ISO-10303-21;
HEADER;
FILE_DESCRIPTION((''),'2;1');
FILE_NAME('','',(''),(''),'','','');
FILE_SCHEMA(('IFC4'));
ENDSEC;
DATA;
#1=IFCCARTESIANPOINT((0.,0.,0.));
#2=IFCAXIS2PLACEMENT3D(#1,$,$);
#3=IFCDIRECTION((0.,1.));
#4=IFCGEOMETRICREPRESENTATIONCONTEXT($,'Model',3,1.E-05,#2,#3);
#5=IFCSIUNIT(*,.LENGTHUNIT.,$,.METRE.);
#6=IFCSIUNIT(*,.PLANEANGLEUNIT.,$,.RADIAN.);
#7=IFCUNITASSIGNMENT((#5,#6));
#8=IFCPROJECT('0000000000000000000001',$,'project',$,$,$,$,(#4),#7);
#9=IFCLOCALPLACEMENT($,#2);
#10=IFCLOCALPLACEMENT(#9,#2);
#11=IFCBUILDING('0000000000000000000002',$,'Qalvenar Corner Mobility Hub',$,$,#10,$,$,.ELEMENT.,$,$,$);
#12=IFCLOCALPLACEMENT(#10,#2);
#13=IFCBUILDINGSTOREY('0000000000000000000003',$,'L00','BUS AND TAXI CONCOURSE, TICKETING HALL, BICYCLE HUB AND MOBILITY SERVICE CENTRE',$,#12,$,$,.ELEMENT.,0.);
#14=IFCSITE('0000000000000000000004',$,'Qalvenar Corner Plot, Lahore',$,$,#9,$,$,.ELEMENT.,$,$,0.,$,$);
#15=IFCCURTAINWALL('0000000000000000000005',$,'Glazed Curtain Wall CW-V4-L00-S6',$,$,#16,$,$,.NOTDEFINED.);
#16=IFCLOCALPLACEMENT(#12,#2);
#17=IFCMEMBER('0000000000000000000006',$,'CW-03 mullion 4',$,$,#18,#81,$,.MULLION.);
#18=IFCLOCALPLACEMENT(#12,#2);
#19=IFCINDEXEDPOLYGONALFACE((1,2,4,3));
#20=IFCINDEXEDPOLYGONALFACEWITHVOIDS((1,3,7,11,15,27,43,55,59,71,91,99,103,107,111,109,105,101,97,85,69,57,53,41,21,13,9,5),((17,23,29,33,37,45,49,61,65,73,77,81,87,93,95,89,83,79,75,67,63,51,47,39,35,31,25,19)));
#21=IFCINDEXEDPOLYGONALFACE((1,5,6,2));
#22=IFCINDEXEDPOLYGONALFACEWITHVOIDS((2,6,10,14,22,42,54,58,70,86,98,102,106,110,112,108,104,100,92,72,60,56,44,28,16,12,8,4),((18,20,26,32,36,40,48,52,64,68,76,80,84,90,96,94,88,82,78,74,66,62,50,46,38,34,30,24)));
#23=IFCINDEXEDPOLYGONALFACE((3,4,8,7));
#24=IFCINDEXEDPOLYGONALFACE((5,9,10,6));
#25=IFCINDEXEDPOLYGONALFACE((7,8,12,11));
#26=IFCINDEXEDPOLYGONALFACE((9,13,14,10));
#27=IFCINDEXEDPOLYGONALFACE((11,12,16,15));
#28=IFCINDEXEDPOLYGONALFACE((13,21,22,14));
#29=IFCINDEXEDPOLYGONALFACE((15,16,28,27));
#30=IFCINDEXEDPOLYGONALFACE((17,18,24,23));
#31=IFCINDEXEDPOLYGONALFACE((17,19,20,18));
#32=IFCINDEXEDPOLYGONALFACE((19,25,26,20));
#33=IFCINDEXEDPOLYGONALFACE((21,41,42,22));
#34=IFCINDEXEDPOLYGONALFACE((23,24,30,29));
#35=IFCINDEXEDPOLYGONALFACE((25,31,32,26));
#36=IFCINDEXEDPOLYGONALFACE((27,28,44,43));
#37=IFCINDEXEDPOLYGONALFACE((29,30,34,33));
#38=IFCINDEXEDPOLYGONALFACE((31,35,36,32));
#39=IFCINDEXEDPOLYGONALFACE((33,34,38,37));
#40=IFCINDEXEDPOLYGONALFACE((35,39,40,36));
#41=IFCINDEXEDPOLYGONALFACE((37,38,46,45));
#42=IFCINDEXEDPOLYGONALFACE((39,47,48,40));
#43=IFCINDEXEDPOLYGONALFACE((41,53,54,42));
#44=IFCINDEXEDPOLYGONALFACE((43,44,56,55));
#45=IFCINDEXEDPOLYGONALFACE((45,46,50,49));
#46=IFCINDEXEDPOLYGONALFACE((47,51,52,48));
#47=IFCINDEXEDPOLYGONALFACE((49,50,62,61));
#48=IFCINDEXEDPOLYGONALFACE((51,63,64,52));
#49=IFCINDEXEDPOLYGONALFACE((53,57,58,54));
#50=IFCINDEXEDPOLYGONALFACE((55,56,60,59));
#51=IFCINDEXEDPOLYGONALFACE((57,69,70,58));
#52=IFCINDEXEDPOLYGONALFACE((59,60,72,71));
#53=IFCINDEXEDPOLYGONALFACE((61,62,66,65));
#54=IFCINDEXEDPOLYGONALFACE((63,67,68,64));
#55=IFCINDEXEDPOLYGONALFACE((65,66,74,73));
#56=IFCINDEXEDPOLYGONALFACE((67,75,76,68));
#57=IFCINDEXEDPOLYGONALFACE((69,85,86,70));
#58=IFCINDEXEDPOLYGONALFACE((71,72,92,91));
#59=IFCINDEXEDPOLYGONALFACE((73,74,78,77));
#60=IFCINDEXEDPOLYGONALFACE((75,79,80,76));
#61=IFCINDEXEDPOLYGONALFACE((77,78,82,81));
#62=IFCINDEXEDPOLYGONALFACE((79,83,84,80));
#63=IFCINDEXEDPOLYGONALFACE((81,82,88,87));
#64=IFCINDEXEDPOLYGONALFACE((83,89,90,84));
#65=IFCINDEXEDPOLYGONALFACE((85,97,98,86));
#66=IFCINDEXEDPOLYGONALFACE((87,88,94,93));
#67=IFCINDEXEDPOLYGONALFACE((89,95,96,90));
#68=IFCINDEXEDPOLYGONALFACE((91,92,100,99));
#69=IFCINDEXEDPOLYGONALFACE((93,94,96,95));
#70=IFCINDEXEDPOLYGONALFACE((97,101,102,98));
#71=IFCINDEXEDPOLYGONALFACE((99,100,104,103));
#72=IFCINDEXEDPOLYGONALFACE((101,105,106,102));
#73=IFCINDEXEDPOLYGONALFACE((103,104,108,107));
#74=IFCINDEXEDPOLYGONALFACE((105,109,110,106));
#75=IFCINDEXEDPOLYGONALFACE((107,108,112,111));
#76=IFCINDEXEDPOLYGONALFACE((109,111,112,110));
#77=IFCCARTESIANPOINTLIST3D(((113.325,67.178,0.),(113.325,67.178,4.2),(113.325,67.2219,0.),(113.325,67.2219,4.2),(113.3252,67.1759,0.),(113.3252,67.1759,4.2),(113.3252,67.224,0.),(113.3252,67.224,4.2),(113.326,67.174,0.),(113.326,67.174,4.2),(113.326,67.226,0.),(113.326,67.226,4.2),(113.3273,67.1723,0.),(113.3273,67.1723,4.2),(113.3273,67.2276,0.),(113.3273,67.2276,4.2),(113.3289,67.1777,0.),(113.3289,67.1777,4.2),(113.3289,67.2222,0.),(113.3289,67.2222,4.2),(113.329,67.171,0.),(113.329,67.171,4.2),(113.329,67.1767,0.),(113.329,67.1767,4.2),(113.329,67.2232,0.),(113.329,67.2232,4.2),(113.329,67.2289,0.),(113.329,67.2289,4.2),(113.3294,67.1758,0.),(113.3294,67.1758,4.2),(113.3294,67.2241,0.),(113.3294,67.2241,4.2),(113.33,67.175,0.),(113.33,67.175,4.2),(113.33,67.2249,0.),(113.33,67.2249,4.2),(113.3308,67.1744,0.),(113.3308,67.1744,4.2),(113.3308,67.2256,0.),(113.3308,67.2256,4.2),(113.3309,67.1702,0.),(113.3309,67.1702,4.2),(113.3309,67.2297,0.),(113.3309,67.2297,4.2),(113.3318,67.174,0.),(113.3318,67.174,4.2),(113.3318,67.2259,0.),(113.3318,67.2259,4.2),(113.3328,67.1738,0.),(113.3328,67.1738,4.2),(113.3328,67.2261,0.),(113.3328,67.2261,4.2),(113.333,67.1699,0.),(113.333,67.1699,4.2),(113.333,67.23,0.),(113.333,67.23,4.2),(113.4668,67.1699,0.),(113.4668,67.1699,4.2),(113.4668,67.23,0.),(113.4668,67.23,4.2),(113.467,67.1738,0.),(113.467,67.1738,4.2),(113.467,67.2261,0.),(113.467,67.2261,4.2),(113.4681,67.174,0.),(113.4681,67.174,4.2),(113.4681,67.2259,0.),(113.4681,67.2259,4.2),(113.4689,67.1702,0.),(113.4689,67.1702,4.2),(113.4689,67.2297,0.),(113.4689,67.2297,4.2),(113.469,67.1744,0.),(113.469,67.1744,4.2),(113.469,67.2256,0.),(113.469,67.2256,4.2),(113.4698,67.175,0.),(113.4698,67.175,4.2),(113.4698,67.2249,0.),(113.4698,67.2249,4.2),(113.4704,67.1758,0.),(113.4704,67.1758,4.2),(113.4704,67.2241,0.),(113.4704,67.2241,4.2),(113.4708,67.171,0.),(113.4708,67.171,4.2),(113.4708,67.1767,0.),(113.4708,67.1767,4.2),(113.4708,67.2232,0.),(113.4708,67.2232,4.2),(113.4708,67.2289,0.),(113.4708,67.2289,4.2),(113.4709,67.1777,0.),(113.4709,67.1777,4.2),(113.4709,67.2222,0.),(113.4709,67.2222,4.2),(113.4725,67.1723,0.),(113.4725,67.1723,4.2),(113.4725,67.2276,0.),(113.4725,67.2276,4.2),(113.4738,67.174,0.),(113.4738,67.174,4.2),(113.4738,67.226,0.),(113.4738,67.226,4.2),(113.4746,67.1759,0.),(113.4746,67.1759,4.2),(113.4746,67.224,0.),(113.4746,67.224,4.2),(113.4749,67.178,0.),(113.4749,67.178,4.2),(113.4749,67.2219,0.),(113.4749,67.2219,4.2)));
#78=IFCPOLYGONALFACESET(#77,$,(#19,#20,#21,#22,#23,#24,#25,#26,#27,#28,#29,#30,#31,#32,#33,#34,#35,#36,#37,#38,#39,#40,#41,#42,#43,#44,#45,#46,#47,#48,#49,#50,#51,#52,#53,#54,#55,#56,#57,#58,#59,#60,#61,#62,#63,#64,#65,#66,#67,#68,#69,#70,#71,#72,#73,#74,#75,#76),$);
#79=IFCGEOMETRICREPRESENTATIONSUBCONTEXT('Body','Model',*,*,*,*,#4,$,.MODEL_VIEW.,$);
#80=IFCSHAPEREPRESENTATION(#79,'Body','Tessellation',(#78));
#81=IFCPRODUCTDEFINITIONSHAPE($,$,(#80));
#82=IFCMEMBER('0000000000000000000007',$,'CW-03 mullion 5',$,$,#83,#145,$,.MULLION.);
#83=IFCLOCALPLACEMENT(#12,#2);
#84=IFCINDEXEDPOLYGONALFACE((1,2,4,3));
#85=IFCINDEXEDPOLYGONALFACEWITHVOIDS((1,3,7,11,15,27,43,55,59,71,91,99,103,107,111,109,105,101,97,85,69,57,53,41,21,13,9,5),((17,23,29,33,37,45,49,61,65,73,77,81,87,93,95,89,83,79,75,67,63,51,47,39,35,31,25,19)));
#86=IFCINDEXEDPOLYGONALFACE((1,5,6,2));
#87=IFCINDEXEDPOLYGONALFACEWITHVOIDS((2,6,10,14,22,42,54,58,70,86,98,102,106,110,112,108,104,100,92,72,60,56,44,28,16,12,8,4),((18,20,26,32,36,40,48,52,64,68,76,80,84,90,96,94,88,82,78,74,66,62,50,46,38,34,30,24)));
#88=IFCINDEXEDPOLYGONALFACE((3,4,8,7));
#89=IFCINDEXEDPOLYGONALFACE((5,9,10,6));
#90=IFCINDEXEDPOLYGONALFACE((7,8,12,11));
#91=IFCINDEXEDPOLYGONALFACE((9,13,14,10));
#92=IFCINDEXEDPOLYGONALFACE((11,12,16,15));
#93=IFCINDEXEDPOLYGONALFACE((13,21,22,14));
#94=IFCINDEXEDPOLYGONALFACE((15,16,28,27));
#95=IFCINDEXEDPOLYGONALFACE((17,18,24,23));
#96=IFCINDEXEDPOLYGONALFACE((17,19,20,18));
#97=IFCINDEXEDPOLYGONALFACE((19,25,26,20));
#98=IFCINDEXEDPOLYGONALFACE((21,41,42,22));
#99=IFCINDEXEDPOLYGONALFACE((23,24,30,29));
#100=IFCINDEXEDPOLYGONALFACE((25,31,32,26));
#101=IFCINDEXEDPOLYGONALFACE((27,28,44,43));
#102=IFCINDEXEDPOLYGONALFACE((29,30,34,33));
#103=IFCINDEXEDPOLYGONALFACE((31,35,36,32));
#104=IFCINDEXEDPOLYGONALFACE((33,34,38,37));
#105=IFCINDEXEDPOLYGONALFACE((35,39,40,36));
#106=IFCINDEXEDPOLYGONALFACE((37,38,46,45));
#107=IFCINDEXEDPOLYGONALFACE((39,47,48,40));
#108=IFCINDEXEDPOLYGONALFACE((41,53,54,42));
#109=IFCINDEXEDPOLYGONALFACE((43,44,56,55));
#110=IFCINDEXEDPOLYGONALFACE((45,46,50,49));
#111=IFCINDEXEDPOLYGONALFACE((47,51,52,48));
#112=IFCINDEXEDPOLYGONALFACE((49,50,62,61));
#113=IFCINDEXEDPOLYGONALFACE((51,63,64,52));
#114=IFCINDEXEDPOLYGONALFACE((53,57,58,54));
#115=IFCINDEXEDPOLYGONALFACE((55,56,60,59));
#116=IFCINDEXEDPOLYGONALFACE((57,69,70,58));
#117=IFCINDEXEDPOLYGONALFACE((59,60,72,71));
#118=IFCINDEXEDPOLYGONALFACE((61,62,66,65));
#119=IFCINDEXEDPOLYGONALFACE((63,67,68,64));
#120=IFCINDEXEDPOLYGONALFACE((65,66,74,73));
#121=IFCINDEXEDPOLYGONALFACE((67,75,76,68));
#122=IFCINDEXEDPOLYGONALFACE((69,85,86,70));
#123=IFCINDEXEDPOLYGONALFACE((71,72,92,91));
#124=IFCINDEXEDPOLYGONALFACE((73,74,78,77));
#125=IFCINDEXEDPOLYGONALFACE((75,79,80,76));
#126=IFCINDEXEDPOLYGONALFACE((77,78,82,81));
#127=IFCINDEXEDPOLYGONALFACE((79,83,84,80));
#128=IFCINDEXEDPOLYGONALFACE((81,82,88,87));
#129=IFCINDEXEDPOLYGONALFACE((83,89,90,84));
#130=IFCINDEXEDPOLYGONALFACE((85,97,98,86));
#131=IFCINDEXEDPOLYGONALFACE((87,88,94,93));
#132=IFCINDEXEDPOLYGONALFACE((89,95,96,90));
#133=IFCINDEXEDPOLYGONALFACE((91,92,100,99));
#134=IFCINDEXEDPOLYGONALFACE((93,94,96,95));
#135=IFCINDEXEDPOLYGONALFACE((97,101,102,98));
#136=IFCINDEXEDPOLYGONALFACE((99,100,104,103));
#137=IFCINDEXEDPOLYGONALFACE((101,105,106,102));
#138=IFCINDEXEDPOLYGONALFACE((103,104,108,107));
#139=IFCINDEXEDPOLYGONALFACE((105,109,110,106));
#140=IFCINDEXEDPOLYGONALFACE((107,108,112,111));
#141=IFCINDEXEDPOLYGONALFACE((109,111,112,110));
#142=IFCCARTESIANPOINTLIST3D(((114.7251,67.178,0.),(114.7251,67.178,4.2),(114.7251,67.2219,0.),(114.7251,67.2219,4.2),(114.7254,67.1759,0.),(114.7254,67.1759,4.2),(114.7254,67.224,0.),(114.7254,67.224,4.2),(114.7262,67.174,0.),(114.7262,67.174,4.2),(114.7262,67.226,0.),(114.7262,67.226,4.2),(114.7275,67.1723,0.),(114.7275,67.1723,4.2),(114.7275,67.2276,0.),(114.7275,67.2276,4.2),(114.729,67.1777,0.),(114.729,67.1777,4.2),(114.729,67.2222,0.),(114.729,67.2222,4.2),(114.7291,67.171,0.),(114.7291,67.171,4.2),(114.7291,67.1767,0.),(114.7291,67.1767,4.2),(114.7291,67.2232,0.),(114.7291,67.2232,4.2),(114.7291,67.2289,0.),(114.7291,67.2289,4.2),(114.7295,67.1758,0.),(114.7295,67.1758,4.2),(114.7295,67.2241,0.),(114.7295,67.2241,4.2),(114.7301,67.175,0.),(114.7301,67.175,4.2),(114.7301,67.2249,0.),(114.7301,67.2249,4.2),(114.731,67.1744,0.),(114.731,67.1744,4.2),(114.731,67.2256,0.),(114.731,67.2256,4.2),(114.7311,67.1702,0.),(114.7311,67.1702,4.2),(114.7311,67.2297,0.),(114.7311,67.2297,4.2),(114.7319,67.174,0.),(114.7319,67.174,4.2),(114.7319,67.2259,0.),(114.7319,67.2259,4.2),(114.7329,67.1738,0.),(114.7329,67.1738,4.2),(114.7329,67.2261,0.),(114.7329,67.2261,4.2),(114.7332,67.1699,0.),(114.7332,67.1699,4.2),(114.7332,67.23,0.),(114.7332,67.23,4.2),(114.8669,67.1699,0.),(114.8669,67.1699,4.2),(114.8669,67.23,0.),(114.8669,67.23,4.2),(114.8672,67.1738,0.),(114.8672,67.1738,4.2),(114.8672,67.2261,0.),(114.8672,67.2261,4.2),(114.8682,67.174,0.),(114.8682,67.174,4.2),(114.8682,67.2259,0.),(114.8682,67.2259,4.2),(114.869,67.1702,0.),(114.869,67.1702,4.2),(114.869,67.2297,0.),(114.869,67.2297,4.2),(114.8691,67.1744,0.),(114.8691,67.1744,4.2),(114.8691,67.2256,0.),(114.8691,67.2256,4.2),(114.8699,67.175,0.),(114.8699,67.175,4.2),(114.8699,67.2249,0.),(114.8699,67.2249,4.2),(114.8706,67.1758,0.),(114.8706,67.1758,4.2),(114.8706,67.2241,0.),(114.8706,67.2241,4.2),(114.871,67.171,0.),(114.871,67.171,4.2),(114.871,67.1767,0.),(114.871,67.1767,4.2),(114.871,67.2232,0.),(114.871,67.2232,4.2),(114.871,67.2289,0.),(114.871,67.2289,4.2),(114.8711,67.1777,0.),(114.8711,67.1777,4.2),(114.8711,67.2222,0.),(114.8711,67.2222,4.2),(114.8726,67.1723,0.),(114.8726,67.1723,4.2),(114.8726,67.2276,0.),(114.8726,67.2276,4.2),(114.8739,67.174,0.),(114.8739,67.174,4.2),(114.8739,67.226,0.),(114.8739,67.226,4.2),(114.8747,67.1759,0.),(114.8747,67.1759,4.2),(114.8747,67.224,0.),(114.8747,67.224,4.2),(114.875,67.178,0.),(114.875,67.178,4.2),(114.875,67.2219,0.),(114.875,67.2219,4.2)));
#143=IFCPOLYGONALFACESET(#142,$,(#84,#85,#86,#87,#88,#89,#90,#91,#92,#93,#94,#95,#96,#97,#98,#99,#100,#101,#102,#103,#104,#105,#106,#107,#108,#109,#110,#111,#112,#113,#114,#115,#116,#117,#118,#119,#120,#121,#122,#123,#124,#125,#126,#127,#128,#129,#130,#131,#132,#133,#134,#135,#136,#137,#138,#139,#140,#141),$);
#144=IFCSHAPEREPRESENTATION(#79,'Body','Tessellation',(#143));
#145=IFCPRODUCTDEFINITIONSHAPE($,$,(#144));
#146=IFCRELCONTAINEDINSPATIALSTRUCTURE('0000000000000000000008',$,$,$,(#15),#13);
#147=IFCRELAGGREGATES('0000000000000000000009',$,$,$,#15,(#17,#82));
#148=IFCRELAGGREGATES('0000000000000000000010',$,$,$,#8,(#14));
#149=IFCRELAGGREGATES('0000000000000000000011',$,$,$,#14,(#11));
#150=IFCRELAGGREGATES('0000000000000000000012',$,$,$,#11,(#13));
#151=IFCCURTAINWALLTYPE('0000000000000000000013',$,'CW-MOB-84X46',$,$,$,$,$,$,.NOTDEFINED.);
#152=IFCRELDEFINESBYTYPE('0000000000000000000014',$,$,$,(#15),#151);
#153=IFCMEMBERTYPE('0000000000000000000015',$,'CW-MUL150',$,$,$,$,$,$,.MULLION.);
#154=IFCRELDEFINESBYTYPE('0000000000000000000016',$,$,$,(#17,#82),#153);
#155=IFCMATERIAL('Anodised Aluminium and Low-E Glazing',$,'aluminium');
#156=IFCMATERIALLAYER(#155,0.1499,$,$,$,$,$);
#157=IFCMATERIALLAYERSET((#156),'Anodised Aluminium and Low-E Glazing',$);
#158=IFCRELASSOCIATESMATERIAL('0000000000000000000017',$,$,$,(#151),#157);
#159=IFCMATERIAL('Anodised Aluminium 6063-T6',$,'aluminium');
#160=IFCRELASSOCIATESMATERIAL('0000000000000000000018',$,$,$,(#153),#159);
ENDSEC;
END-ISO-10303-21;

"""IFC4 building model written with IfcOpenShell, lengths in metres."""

from ifc_helpers import new_model, si_unit, direction, frame, origin, origin_2d, place, context, subcontext, project, spatial, hollow_rectangle, extrude, material, layer, layer_set, material_profile, profile_set, type_object, element, aggregate, save


model = new_model("IFC4")

# Units and contexts
model_context = context("Model", 3, precision=1e-05, world=origin(), true_north=direction((0.0, 1.0)))
body_context = subcontext(model_context, "Body", "Model", "MODEL_VIEW")
ifc_project = project(units=[si_unit("LENGTHUNIT", "METRE"), si_unit("PLANEANGLEUNIT", "RADIAN")], contexts=[model_context])

# Site, building, storey
site_placement = place(None, origin())
site = spatial("IfcSite", under=ifc_project, at=site_placement, Name="Qalvenar Corner Plot, Lahore", CompositionType="ELEMENT", RefElevation=0.0)
building_placement = place(site_placement, origin())
building = spatial("IfcBuilding", under=site, at=building_placement, Name="Qalvenar Corner Mobility Hub", CompositionType="ELEMENT")
storey_placement = place(building_placement, origin())
storey = spatial("IfcBuildingStorey", under=building, at=storey_placement, Name="L00", Description="BUS AND TAXI CONCOURSE, TICKETING HALL, BICYCLE HUB AND MOBILITY SERVICE CENTRE", CompositionType="ELEMENT", Elevation=0.0)

# Curtain wall, members
ifc_material_1 = material(Name="Anodised Aluminium and Low-E Glazing", Category="aluminium")
ifc_layer_1 = layer(ifc_material_1, 0.1499)
ifc_layer_set_1 = layer_set([ifc_layer_1], Name="Anodised Aluminium and Low-E Glazing")
curtain_wall_type = type_object("IfcCurtainWallType", Name="CW-MOB-84X46", PredefinedType="NOTDEFINED", material=ifc_layer_set_1)
curtain_wall_placement = place(storey_placement, origin())
curtain_wall = element("IfcCurtainWall", 1, at=curtain_wall_placement, inside=storey, type_object=curtain_wall_type, Name="Glazed Curtain Wall CW-V4-L00-S6", PredefinedType="NOTDEFINED")
ifc_material_2 = material(Name="Anodised Aluminium 6063-T6", Category="aluminium")
ifc_material_profile_1 = material_profile(ifc_material_2, hollow_rectangle(XDim=0.0601, YDim=0.1499, WallThickness=0.0039, InnerFilletRadius=0.0039, OuterFilletRadius=0.0081, at=origin_2d()), Name="RHS150x60x4")
ifc_profile_set_1 = profile_set([ifc_material_profile_1], Name="Anodised Aluminium 6063-T6")
member_type_1 = type_object("IfcMemberType", Name="CW-MUL150", PredefinedType="MULLION", material=ifc_profile_set_1)
member_1_placement = place(storey_placement, frame((113.3999, 67.2, 0.0), z_axis=(0.0, 0.0, 1.0), x_axis=(0.0, 1.0, 0.0)))
member_1 = element("IfcMember", 2, at=member_1_placement, type_object=member_type_1, Name="CW-03 mullion 4", PredefinedType="MULLION", context=body_context, shape_type="SweptSolid", body=[
    extrude(hollow_rectangle(XDim=0.0601, YDim=0.1499, WallThickness=0.0039, InnerFilletRadius=0.0039, OuterFilletRadius=0.0081, at=origin_2d()), origin(), (0.0, 0.0, 1.0), 4.2),
])
member_2_placement = place(storey_placement, frame((114.8, 67.2, 0.0), z_axis=(0.0, 0.0, 1.0), x_axis=(0.0, 1.0, 0.0)))
member_2 = element("IfcMember", 3, at=member_2_placement, type_object=member_type_1, Name="CW-03 mullion 5", PredefinedType="MULLION", context=body_context, shape_type="SweptSolid", body=[
    extrude(hollow_rectangle(XDim=0.0601, YDim=0.1499, WallThickness=0.0039, InnerFilletRadius=0.0039, OuterFilletRadius=0.0081, at=origin_2d()), origin(), (0.0, 0.0, 1.0), 4.2),
])
aggregate(curtain_wall, [member_1, member_2])

save(model, "model.ifc")
